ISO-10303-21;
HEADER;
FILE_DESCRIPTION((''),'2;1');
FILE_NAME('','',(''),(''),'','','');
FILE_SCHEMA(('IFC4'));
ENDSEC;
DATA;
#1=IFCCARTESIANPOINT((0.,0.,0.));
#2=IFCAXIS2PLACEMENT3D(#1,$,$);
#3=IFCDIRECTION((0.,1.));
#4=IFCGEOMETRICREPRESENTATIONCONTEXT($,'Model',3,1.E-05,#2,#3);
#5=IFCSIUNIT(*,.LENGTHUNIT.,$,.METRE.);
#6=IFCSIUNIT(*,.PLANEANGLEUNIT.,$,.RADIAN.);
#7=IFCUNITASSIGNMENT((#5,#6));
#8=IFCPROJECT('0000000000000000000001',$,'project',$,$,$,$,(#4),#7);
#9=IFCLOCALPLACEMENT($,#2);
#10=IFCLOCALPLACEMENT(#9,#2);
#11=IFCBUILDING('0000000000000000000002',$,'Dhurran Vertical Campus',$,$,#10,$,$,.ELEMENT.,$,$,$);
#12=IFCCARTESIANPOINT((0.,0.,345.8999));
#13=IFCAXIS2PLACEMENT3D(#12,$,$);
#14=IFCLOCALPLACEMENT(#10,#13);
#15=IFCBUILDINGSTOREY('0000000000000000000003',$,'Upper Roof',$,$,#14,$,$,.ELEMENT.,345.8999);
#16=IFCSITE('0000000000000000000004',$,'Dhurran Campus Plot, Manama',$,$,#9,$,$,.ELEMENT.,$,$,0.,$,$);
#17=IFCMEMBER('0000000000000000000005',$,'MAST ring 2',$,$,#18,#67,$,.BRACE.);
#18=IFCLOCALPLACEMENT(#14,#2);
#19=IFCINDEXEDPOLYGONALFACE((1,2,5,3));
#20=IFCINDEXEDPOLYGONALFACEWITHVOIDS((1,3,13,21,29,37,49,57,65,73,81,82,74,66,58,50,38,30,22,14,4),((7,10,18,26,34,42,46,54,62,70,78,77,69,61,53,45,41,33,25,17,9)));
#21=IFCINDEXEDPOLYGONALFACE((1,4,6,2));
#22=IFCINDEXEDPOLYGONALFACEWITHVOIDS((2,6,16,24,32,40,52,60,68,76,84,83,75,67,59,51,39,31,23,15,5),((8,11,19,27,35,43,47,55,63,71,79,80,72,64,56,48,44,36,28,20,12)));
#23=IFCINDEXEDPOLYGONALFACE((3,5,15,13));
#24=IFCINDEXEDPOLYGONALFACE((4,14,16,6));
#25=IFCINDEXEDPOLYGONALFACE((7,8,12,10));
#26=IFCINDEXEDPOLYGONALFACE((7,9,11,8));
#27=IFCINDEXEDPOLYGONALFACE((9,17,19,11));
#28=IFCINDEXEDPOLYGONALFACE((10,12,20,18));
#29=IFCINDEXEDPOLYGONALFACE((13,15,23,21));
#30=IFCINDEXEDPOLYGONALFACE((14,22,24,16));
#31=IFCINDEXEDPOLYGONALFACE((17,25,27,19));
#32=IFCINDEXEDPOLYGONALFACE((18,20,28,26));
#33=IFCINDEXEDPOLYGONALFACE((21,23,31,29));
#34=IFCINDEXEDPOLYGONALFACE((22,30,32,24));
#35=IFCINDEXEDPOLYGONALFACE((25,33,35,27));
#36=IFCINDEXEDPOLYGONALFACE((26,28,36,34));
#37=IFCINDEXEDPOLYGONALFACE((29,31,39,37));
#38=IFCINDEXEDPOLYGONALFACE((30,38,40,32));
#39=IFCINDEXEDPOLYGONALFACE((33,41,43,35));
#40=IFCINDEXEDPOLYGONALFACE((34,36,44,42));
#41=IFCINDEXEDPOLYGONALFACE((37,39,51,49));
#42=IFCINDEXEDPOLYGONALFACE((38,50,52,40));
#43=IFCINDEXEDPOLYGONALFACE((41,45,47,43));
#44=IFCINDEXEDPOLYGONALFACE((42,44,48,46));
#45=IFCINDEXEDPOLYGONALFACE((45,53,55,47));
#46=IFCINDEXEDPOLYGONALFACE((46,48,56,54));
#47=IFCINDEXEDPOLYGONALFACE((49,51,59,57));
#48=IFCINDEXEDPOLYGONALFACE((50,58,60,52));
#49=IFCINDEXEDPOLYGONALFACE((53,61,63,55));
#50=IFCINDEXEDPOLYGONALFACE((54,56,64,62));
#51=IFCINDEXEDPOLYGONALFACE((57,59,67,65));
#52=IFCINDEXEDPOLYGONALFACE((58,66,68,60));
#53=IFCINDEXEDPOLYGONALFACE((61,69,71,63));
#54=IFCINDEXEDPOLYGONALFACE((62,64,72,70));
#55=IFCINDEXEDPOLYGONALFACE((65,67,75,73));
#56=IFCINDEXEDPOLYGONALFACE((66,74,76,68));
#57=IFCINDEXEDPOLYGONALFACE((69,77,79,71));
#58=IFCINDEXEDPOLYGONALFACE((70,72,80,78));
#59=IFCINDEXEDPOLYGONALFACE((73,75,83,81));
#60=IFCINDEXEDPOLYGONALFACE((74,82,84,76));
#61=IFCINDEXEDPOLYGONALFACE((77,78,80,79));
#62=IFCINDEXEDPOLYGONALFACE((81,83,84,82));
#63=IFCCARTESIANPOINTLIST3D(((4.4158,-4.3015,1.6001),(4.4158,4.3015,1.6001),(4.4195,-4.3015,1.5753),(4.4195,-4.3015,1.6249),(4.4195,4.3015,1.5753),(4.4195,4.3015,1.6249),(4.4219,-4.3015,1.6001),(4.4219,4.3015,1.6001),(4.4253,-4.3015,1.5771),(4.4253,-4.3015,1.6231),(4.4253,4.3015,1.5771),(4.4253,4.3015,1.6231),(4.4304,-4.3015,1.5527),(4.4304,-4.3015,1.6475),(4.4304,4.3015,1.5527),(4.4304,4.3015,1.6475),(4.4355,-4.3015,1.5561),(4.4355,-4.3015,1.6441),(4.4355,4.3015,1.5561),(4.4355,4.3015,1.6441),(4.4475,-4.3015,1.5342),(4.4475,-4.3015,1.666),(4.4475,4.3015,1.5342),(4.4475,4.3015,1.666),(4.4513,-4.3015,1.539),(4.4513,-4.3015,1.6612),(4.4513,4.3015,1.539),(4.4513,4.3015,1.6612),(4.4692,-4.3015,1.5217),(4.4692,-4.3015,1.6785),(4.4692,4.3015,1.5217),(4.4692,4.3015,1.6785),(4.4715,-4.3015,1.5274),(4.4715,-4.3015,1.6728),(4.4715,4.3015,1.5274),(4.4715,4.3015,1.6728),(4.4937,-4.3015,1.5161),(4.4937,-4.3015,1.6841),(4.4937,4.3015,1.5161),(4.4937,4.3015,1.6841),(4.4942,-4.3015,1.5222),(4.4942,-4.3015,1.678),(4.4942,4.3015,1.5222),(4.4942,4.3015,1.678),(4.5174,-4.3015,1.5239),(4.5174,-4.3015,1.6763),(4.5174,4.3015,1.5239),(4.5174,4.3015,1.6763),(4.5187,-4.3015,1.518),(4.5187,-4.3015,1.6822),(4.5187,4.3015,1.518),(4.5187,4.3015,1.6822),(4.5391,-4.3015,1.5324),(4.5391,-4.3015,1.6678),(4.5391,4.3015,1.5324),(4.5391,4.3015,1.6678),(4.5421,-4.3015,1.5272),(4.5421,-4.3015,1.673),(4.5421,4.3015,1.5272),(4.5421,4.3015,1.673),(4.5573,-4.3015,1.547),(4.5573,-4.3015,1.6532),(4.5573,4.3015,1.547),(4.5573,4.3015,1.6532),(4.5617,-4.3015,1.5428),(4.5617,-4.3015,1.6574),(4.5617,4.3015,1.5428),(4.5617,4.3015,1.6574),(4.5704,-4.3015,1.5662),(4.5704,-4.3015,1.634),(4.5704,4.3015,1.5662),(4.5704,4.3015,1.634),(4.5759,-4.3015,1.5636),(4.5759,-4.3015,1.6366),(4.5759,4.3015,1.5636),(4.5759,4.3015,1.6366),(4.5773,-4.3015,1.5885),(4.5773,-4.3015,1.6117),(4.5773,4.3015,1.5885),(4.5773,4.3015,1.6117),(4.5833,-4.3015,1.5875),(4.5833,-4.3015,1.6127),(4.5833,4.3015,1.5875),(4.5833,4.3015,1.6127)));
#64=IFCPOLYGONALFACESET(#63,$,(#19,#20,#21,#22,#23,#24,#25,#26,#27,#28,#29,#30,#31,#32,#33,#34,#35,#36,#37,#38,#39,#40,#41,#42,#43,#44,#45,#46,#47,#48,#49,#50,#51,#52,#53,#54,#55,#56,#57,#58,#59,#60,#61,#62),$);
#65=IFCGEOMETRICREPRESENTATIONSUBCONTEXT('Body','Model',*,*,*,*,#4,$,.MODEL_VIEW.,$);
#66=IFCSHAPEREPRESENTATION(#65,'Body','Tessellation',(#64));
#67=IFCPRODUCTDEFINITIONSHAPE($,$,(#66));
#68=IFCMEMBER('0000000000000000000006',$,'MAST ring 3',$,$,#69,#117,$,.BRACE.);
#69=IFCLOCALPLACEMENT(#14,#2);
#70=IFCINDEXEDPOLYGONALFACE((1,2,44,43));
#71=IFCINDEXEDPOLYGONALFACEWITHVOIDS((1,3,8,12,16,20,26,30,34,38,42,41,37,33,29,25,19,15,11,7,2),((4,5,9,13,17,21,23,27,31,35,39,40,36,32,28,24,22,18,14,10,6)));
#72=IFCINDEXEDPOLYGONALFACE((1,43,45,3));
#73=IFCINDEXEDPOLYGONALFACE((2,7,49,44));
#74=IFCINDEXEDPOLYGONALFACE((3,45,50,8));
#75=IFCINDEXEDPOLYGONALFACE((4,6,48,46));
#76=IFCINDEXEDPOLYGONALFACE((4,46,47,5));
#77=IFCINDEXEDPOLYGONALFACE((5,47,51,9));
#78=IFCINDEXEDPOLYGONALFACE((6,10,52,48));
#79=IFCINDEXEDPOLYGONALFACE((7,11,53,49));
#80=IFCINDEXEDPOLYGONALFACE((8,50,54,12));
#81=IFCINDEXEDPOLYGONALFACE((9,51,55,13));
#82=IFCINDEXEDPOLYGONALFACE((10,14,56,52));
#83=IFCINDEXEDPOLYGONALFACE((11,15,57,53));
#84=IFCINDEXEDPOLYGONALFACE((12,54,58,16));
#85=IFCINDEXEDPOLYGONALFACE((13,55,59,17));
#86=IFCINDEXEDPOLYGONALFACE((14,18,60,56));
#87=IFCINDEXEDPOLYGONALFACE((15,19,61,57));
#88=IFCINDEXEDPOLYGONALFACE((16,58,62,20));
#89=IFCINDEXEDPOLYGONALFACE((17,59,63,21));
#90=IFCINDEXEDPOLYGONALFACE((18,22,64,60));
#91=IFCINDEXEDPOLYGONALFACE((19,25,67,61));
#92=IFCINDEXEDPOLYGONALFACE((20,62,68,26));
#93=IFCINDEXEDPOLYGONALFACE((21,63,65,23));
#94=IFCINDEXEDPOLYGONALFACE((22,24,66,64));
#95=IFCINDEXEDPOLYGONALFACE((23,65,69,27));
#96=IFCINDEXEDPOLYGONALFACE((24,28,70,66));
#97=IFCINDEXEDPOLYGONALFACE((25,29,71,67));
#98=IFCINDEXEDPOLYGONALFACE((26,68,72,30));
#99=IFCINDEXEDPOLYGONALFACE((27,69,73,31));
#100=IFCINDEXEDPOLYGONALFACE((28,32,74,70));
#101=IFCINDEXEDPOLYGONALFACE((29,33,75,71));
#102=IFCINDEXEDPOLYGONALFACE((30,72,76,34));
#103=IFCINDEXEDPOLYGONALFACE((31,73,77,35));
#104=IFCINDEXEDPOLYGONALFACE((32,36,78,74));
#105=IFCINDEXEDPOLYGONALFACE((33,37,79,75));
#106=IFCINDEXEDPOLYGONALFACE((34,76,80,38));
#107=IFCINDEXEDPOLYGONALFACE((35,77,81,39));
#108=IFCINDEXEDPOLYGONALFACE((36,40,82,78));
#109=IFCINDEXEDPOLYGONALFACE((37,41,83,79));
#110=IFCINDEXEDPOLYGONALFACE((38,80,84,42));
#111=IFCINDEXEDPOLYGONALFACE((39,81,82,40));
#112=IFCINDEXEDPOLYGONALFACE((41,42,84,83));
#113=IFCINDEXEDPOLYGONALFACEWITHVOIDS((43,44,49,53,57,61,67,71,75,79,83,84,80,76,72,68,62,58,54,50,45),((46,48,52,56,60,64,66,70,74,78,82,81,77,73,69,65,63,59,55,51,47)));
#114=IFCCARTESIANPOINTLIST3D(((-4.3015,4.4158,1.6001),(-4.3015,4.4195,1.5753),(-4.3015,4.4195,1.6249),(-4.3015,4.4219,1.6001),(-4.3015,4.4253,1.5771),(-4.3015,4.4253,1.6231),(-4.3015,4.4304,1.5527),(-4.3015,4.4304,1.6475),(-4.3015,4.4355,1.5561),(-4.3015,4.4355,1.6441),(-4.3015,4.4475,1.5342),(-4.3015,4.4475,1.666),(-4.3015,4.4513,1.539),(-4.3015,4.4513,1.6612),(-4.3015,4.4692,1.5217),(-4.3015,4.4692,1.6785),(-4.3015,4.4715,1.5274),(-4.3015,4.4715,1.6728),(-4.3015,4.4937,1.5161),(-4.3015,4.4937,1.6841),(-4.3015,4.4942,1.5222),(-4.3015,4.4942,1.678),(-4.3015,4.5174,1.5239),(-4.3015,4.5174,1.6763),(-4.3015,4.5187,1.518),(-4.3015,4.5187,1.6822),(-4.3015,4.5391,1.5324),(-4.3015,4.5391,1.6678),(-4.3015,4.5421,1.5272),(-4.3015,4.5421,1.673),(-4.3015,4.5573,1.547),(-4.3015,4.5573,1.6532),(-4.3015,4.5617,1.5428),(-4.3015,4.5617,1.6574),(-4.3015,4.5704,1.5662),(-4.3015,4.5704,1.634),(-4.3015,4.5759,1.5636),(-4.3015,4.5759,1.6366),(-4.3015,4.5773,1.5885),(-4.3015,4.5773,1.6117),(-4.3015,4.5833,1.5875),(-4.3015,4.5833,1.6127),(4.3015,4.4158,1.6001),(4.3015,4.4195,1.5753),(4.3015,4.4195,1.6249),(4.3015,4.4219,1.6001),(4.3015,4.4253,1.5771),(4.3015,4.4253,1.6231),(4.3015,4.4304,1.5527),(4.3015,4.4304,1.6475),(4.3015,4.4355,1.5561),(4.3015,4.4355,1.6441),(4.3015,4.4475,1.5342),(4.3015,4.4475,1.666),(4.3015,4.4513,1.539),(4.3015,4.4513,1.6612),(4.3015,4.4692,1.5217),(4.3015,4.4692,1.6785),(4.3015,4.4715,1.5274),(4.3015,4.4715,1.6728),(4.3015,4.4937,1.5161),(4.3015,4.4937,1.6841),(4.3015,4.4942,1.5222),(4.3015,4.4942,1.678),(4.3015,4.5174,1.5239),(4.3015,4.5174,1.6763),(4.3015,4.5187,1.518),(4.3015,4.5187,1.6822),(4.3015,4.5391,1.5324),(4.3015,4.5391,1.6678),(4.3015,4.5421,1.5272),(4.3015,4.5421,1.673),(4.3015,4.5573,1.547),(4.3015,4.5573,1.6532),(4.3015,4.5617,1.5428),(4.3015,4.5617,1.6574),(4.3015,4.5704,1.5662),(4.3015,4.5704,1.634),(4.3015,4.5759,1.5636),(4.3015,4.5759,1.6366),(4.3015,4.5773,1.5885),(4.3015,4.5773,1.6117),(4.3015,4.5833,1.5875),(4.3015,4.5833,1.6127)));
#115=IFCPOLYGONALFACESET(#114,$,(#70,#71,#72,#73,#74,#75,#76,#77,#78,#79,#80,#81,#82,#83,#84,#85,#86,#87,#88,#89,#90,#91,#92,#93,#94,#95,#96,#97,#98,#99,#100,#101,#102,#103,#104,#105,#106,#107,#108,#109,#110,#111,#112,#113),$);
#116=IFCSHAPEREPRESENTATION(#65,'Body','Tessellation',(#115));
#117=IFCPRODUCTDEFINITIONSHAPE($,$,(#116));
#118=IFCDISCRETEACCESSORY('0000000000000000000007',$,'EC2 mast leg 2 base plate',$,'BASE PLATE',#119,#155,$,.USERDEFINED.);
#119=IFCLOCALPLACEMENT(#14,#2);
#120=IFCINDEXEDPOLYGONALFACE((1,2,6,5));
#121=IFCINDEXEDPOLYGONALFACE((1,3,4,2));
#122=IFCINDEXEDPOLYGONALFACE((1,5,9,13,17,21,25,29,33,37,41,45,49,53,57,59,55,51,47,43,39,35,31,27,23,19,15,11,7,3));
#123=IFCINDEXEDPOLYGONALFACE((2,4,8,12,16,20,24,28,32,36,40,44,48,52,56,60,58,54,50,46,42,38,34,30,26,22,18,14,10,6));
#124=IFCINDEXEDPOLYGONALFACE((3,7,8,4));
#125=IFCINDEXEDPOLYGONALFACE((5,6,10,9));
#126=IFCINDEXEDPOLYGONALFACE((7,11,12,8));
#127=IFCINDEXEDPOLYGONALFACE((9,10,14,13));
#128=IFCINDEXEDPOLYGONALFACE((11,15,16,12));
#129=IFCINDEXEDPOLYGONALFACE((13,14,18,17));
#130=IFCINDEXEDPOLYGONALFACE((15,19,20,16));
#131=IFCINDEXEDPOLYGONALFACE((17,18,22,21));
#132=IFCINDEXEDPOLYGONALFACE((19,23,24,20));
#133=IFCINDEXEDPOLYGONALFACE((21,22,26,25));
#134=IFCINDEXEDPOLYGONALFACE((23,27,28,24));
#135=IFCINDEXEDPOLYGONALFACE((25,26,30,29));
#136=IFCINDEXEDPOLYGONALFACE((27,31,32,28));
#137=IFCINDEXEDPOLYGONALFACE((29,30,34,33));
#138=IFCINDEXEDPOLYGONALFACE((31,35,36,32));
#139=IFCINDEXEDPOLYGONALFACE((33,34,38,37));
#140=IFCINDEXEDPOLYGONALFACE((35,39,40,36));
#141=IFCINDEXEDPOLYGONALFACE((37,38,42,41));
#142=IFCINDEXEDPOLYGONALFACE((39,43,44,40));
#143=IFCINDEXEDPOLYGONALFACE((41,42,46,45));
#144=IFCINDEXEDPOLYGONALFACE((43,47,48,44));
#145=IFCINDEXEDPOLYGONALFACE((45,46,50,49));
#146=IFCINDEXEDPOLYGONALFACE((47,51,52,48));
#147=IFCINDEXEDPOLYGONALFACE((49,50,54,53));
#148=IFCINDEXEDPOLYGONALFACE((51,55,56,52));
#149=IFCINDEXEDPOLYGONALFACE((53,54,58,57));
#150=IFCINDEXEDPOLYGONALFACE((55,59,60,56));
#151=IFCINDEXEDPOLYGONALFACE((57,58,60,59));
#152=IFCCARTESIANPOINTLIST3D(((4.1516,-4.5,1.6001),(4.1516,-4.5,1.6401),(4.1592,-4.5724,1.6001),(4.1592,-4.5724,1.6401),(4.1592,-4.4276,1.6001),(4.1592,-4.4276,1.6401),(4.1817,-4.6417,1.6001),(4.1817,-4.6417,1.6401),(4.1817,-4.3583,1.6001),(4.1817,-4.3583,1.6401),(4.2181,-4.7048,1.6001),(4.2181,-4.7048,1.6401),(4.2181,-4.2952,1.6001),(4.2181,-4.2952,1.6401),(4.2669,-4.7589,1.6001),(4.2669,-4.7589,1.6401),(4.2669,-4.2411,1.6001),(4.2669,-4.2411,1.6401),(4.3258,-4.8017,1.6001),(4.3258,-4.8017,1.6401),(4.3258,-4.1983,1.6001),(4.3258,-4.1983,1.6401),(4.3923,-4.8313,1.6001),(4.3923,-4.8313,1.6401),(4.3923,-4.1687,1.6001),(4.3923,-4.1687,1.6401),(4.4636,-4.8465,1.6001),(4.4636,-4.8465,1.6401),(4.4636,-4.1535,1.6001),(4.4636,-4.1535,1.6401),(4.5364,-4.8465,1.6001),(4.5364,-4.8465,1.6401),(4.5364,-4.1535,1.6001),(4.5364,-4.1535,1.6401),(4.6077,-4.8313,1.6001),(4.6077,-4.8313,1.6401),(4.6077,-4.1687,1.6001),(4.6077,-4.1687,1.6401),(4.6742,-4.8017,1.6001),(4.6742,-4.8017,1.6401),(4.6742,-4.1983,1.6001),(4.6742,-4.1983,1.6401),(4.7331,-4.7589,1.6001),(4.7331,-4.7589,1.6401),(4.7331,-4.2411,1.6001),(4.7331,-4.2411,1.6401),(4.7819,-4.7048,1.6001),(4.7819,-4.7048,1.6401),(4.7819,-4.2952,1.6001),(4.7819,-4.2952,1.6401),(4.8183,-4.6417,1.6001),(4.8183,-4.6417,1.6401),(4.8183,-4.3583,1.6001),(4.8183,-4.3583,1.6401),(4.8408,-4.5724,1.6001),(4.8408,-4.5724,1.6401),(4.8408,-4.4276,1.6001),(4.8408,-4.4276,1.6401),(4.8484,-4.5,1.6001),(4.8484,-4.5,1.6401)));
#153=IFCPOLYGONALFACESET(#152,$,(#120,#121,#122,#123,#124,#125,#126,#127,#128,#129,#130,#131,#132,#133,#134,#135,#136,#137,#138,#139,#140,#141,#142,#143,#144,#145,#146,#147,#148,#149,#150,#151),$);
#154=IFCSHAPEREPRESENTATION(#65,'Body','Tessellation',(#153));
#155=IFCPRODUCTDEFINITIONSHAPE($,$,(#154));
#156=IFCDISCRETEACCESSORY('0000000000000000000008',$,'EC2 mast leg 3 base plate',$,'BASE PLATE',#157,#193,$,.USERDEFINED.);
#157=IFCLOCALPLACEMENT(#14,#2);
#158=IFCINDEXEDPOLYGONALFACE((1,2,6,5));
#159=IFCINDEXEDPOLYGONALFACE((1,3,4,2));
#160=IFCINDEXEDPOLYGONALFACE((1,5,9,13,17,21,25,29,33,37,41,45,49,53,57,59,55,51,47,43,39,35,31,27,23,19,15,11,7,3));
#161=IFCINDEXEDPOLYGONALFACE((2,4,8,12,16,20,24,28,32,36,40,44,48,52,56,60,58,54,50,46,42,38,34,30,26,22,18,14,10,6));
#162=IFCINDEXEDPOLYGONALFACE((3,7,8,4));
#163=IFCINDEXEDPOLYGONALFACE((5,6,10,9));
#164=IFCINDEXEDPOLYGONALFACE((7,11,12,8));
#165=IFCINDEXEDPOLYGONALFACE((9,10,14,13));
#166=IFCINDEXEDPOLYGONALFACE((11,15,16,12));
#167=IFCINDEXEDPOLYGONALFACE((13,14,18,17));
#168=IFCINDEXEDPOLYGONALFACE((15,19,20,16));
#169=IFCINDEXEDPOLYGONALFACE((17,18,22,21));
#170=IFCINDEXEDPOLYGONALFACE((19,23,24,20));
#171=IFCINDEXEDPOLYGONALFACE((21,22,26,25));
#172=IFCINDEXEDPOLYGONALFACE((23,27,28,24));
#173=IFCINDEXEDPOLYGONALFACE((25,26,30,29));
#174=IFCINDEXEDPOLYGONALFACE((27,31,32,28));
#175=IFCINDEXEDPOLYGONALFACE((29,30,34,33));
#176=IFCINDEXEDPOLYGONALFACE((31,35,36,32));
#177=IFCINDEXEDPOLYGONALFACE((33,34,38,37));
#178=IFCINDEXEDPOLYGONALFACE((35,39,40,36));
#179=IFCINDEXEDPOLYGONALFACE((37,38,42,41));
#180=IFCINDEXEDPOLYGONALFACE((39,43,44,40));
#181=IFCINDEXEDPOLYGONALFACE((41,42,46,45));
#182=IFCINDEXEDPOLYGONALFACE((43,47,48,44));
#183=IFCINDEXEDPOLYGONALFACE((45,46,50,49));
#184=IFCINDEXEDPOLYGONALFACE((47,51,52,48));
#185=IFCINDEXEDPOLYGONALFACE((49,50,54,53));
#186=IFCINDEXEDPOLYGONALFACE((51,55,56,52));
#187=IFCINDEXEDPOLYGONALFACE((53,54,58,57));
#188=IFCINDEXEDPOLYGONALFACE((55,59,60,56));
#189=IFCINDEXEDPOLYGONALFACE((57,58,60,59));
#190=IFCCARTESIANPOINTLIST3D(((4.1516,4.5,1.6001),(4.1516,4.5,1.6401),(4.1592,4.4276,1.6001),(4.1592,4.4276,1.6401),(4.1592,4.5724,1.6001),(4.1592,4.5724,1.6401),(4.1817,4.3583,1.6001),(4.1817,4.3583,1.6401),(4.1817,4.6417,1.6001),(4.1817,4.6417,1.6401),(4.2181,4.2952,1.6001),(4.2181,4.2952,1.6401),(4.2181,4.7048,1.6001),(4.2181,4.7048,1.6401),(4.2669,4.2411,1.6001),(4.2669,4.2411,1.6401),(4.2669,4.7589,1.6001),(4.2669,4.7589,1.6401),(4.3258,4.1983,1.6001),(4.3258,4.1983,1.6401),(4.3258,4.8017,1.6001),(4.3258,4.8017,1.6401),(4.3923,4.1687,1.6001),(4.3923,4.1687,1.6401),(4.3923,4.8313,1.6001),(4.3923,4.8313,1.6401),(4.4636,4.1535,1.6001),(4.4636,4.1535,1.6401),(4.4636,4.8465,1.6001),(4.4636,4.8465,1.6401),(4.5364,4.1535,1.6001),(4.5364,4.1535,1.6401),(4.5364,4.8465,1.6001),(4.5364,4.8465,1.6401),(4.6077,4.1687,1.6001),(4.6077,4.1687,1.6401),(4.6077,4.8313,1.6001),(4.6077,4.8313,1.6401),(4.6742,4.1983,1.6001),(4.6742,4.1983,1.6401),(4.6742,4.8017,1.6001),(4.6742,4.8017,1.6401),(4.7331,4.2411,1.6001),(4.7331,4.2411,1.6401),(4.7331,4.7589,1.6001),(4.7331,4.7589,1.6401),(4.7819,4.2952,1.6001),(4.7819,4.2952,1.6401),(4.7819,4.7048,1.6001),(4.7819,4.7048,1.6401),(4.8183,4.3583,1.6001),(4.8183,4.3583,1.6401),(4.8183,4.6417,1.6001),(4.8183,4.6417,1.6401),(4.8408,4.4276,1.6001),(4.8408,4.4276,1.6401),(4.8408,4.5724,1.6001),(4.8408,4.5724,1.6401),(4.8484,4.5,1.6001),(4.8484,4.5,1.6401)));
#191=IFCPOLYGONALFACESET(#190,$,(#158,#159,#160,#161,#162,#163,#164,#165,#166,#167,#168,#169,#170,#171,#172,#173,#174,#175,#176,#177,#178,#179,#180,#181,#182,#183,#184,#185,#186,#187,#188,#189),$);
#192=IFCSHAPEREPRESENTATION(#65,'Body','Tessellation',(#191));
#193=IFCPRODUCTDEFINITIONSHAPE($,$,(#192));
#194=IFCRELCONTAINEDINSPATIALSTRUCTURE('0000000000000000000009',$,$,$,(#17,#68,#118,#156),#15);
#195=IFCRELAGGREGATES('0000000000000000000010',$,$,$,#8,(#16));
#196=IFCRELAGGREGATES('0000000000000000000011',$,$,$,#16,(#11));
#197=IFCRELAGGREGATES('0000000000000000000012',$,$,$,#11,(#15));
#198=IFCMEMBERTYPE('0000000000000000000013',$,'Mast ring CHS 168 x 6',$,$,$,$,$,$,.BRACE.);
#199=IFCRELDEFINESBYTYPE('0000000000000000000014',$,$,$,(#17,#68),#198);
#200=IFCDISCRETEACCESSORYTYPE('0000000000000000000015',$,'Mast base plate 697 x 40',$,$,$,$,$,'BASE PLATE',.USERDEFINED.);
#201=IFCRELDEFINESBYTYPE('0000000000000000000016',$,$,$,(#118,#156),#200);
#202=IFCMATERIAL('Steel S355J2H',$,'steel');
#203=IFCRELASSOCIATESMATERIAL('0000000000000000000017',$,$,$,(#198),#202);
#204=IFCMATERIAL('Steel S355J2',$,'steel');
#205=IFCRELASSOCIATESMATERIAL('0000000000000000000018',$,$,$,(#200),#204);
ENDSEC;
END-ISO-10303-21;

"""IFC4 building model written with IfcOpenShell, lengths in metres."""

from ifc_helpers import new_model, si_unit, direction, frame, origin, origin_2d, place, context, subcontext, project, spatial, circle, hollow_circle, extrude, material, material_profile, profile_set, type_object, element, save


model = new_model("IFC4")

# Units and contexts
model_context = context("Model", 3, precision=1e-05, world=origin(), true_north=direction((0.0, 1.0)))
body_context = subcontext(model_context, "Body", "Model", "MODEL_VIEW")
ifc_project = project(units=[si_unit("LENGTHUNIT", "METRE"), si_unit("PLANEANGLEUNIT", "RADIAN")], contexts=[model_context])

# Site, building, storey
site_placement = place(None, origin())
site = spatial("IfcSite", under=ifc_project, at=site_placement, Name="Dhurran Campus Plot, Manama", CompositionType="ELEMENT", RefElevation=0.0)
building_placement = place(site_placement, origin())
building = spatial("IfcBuilding", under=site, at=building_placement, Name="Dhurran Vertical Campus", CompositionType="ELEMENT")
storey_placement = place(building_placement, frame((0.0, 0.0, 345.8999)))
storey = spatial("IfcBuildingStorey", under=building, at=storey_placement, Name="Upper Roof", CompositionType="ELEMENT", Elevation=345.8999)

# Members
ifc_material_1 = material(Name="Steel S355J2H", Category="steel")
ifc_material_profile_1 = material_profile(ifc_material_1, hollow_circle(Radius=0.0842, WallThickness=0.0061, at=origin_2d()), Name="CHS168x6")
ifc_profile_set_1 = profile_set([ifc_material_profile_1], Name="Steel S355J2H")
member_type_1 = type_object("IfcMemberType", Name="Mast ring CHS 168 x 6", PredefinedType="BRACE", material=ifc_profile_set_1)
for number, where, z_axis, x_axis, name in (
    (1, (4.5, -4.3015, 1.6001), (0.0, 1.0, 0.0), (-1.0, 0.0, 0.0), "MAST ring 2"),
    (2, (4.3015, 4.5, 1.6001), (-1.0, 0.0, 0.0), (0.0, -1.0, 0.0), "MAST ring 3"),
):
    element("IfcMember", number, at=place(storey_placement, frame(where, z_axis=z_axis, x_axis=x_axis)), inside=storey, type_object=member_type_1, Name=name, PredefinedType="BRACE", context=body_context, shape_type="SweptSolid", body=[
        extrude(hollow_circle(Radius=0.0842, WallThickness=0.0061, at=origin_2d()), origin(), (0.0, 0.0, 1.0), 8.603),
    ])

# Discrete accessories
ifc_material_2 = material(Name="Steel S355J2", Category="steel")
ifc_material_profile_2 = material_profile(ifc_material_2, circle(Radius=0.3484, at=origin_2d()), Name="Mast base plate 697 x 40")
ifc_profile_set_2 = profile_set([ifc_material_profile_2], Name="Steel S355J2")
discrete_accessory_type_1 = type_object("IfcDiscreteAccessoryType", Name="Mast base plate 697 x 40", ElementType="BASE PLATE", PredefinedType="USERDEFINED", material=ifc_profile_set_2)
for number, where, z_axis, x_axis, name in (
    (3, (4.5, -4.5, 1.6001), (0.0, 0.0, 1.0), (1.0, 0.0, 0.0), "EC2 mast leg 2 base plate"),
    (4, (4.5, 4.5, 1.6001), (0.0, 0.0, 1.0), (1.0, 0.0, 0.0), "EC2 mast leg 3 base plate"),
):
    element("IfcDiscreteAccessory", number, at=place(storey_placement, frame(where, z_axis=z_axis, x_axis=x_axis)), inside=storey, type_object=discrete_accessory_type_1, Name=name, ObjectType="BASE PLATE", PredefinedType="USERDEFINED", context=body_context, shape_type="SweptSolid", body=[
        extrude(circle(Radius=0.3484, at=origin_2d()), origin(), (0.0, 0.0, 1.0), 0.04),
    ])

save(model, "model.ifc")
